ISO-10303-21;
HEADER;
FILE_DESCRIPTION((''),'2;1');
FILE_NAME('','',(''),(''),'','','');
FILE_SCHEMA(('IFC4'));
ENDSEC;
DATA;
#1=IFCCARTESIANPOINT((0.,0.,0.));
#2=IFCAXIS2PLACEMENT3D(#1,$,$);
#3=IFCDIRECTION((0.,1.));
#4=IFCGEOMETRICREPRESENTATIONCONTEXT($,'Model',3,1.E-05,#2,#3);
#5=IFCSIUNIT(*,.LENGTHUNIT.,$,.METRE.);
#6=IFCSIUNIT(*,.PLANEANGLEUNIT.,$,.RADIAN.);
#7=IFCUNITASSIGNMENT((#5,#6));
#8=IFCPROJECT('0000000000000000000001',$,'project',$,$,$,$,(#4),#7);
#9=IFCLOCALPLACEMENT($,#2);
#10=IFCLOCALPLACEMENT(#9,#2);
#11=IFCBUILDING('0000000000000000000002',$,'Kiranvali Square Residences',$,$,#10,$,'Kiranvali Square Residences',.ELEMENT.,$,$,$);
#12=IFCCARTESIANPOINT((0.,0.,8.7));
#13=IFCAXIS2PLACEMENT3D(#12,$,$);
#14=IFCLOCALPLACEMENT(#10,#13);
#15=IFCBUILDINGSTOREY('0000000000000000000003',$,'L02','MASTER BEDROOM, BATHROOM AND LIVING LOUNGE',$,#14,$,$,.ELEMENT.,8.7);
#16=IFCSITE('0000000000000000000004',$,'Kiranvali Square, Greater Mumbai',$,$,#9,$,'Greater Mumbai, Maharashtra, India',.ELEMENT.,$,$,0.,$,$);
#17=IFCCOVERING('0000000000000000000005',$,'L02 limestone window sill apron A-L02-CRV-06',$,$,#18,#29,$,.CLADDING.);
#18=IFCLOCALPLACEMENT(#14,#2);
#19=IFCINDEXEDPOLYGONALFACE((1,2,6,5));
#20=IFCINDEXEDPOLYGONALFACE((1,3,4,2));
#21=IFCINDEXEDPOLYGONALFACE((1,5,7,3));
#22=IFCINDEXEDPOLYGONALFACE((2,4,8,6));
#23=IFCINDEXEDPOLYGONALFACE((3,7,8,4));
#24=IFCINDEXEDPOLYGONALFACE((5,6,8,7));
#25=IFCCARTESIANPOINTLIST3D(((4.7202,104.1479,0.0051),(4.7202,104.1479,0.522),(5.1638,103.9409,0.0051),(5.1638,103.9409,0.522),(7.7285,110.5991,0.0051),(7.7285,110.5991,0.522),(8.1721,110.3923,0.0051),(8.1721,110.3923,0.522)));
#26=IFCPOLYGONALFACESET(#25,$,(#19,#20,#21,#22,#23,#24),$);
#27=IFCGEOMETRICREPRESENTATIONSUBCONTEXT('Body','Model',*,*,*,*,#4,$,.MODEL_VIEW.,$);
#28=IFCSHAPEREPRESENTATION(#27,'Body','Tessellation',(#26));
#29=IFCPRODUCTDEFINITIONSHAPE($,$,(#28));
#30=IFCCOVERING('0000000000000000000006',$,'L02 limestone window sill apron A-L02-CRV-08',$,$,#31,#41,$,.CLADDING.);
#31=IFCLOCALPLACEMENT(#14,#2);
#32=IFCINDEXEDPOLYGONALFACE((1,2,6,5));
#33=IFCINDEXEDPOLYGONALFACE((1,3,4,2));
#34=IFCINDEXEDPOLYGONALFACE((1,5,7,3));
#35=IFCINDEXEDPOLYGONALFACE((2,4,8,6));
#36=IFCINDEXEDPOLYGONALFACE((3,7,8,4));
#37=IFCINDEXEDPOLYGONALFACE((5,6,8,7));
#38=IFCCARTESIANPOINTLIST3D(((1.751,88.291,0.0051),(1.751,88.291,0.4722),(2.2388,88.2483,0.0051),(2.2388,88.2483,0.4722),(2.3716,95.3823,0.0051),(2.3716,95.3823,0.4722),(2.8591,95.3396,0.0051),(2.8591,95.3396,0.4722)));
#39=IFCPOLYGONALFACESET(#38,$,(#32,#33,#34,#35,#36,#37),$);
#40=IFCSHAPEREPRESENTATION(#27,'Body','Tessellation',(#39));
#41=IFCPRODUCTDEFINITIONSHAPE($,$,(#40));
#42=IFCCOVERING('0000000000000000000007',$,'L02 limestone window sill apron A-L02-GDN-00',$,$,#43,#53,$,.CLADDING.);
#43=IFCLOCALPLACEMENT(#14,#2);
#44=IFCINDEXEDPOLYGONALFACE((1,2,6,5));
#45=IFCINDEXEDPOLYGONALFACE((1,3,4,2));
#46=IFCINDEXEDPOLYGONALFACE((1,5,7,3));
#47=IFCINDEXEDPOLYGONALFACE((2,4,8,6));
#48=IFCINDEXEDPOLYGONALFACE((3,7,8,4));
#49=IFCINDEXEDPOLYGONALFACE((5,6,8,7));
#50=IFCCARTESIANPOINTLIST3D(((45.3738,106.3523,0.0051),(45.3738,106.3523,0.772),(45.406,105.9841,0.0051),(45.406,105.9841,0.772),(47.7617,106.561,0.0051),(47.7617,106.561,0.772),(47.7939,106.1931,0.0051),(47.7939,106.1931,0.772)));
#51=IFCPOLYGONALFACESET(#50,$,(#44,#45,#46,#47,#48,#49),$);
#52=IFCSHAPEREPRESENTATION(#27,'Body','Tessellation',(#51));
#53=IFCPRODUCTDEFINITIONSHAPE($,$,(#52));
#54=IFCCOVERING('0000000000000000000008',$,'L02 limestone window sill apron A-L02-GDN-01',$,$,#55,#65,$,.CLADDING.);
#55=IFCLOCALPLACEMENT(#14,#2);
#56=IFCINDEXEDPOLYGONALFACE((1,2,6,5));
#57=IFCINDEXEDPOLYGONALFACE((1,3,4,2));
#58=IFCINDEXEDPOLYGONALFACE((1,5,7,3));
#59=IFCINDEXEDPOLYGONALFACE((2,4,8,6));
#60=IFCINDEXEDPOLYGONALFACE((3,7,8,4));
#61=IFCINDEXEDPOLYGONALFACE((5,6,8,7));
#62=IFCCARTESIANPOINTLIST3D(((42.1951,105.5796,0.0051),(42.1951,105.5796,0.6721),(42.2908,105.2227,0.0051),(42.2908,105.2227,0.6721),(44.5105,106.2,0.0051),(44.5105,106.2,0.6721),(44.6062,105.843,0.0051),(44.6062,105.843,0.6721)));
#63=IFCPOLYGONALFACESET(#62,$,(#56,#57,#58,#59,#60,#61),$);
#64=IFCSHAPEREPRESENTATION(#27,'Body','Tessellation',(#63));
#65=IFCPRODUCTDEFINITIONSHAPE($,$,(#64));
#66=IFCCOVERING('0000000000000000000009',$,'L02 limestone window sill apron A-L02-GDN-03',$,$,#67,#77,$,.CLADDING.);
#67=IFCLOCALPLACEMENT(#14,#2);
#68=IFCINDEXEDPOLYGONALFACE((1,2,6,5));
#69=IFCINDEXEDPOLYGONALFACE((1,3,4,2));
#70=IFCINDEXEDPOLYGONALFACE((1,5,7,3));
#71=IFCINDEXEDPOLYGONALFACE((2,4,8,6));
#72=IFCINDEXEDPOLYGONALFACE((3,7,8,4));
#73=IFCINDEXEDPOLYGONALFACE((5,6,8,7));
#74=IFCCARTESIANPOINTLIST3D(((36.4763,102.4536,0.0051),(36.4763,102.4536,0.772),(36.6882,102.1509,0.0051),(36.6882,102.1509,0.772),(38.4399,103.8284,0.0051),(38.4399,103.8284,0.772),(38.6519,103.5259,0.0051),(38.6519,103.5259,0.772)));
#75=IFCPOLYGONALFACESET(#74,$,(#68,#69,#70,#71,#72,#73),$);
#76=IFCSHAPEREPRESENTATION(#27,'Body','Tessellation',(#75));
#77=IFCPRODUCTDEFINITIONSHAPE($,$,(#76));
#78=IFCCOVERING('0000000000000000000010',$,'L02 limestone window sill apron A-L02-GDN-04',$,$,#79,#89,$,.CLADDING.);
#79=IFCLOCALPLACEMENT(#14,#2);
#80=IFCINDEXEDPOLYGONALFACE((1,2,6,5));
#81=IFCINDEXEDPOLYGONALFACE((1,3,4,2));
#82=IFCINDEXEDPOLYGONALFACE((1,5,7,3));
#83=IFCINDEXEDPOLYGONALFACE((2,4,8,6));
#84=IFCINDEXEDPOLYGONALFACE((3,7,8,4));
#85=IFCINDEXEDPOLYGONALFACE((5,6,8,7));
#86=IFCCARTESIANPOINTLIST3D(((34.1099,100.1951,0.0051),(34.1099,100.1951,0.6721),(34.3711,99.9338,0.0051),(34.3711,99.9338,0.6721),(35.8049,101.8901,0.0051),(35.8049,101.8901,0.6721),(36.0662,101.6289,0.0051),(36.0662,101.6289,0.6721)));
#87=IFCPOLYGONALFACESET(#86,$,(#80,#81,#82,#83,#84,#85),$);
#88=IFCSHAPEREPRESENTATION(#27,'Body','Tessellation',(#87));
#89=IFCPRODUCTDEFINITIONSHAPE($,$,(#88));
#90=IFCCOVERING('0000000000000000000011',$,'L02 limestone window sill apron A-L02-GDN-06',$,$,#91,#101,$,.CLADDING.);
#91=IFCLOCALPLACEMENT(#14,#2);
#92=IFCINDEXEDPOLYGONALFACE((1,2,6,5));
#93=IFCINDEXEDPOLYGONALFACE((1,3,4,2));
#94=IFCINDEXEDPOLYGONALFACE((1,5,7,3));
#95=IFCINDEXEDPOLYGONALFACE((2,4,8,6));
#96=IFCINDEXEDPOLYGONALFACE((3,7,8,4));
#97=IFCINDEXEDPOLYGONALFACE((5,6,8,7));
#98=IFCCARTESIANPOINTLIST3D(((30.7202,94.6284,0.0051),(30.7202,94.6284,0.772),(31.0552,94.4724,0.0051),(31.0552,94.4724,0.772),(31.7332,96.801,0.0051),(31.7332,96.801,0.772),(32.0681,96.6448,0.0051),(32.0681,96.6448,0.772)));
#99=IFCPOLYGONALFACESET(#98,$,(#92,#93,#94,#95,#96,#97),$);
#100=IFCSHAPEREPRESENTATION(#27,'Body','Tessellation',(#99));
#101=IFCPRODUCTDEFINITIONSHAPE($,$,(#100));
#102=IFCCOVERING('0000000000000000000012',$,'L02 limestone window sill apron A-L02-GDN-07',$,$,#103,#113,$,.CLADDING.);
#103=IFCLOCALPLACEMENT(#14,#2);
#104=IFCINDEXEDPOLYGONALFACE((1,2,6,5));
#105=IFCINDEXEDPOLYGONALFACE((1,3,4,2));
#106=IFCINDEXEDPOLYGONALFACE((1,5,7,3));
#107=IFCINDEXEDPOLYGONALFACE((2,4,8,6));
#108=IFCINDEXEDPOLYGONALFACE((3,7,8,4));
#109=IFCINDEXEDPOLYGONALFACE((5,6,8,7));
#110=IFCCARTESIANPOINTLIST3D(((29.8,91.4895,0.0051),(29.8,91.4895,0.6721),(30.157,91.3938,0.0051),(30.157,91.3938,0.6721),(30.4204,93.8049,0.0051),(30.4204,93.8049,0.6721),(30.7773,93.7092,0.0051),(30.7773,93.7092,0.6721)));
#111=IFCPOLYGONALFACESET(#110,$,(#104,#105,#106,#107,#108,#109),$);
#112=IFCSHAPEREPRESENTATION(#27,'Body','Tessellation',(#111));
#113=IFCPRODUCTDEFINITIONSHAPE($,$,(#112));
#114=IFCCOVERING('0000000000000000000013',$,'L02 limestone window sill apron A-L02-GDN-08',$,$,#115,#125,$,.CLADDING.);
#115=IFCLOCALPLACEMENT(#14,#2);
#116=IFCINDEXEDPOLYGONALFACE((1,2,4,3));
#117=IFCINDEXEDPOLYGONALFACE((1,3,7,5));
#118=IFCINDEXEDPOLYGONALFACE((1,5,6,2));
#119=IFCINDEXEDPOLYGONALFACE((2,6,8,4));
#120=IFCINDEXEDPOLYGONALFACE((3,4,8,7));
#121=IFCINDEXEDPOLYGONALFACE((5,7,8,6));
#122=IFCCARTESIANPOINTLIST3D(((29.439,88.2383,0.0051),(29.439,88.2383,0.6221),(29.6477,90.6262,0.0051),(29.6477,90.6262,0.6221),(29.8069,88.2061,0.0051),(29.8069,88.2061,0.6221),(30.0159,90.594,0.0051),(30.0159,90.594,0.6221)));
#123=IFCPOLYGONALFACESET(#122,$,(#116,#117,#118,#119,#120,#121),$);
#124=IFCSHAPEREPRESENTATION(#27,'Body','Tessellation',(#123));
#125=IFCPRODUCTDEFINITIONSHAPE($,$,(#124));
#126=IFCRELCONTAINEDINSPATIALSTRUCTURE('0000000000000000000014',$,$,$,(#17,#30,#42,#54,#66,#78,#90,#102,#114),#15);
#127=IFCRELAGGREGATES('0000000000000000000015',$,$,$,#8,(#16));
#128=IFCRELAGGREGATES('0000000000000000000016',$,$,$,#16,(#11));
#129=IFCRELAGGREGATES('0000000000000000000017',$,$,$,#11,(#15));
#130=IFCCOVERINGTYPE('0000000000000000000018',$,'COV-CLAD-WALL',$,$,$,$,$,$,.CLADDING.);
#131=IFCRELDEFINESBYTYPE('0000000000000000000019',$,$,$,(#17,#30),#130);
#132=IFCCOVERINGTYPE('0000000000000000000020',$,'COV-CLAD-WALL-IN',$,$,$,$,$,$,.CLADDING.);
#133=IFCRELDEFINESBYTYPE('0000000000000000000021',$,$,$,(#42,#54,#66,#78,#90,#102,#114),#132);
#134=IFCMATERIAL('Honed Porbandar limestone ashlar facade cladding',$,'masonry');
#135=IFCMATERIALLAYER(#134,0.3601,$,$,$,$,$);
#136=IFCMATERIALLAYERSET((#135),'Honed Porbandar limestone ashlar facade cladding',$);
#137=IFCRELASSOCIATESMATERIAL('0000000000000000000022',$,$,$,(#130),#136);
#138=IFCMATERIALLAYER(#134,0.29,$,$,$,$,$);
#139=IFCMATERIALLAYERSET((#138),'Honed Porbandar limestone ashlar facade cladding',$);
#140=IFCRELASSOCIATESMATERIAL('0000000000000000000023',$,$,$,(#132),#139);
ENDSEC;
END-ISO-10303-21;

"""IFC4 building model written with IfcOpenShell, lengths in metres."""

from ifc_helpers import new_model, si_unit, direction, frame, origin, place, context, subcontext, project, spatial, polyline, outline, extrude, material, layer, layer_set, type_object, element, save


model = new_model("IFC4")

# Units and contexts
model_context = context("Model", 3, precision=1e-05, world=origin(), true_north=direction((0.0, 1.0)))
body_context = subcontext(model_context, "Body", "Model", "MODEL_VIEW")
ifc_project = project(units=[si_unit("LENGTHUNIT", "METRE"), si_unit("PLANEANGLEUNIT", "RADIAN")], contexts=[model_context])

# Site, building, storey
site_placement = place(None, origin())
site = spatial("IfcSite", under=ifc_project, at=site_placement, Name="Kiranvali Square, Greater Mumbai", LongName="Greater Mumbai, Maharashtra, India", CompositionType="ELEMENT", RefElevation=0.0)
building_placement = place(site_placement, origin())
building = spatial("IfcBuilding", under=site, at=building_placement, Name="Kiranvali Square Residences", LongName="Kiranvali Square Residences", CompositionType="ELEMENT")
storey_placement = place(building_placement, frame((0.0, 0.0, 8.7)))
storey = spatial("IfcBuildingStorey", under=building, at=storey_placement, Name="L02", Description="MASTER BEDROOM, BATHROOM AND LIVING LOUNGE", CompositionType="ELEMENT", Elevation=8.7)

# Coverings
ifc_material = material(Name="Honed Porbandar limestone ashlar facade cladding", Category="masonry")
ifc_layer_1 = layer(ifc_material, 0.3601)
ifc_layer_set_1 = layer_set([ifc_layer_1], Name="Honed Porbandar limestone ashlar facade cladding")
covering_type_1 = type_object("IfcCoveringType", Name="COV-CLAD-WALL", PredefinedType="CLADDING", material=ifc_layer_set_1)
covering_1_placement = place(storey_placement, frame((0.0, 0.0, 0.0051)))
element("IfcCovering", 1, at=covering_1_placement, inside=storey, type_object=covering_type_1, Name="L02 limestone window sill apron A-L02-CRV-06", PredefinedType="CLADDING", context=body_context, shape_type="SweptSolid", body=[
    extrude(outline(polyline([(7.7285, 110.5991), (4.7202, 104.1479), (5.1638, 103.9409), (8.1721, 110.3923), (7.7285, 110.5991)])), origin(), (0.0, 0.0, 1.0), 0.5168),
])
covering_2_placement = place(storey_placement, frame((0.0, 0.0, 0.0051)))
element("IfcCovering", 2, at=covering_2_placement, inside=storey, type_object=covering_type_1, Name="L02 limestone window sill apron A-L02-CRV-08", PredefinedType="CLADDING", context=body_context, shape_type="SweptSolid", body=[
    extrude(outline(polyline([(2.3716, 95.3823), (1.751, 88.291), (2.2388, 88.2483), (2.8591, 95.3396), (2.3716, 95.3823)])), origin(), (0.0, 0.0, 1.0), 0.467),
])
ifc_layer_2 = layer(ifc_material, 0.29)
ifc_layer_set_2 = layer_set([ifc_layer_2], Name="Honed Porbandar limestone ashlar facade cladding")
covering_type_2 = type_object("IfcCoveringType", Name="COV-CLAD-WALL-IN", PredefinedType="CLADDING", material=ifc_layer_set_2)
covering_3_placement = place(storey_placement, frame((0.0, 0.0, 0.0051)))
element("IfcCovering", 3, at=covering_3_placement, inside=storey, type_object=covering_type_2, Name="L02 limestone window sill apron A-L02-GDN-00", PredefinedType="CLADDING", context=body_context, shape_type="SweptSolid", body=[
    extrude(outline(polyline([(47.7617, 106.561), (45.3738, 106.3523), (45.406, 105.9841), (47.7939, 106.1931), (47.7617, 106.561)])), origin(), (0.0, 0.0, 1.0), 0.7668),
])
covering_4_placement = place(storey_placement, frame((0.0, 0.0, 0.0051)))
element("IfcCovering", 4, at=covering_4_placement, inside=storey, type_object=covering_type_2, Name="L02 limestone window sill apron A-L02-GDN-01", PredefinedType="CLADDING", context=body_context, shape_type="SweptSolid", body=[
    extrude(outline(polyline([(44.5105, 106.2), (42.1951, 105.5796), (42.2908, 105.2227), (44.6062, 105.843), (44.5105, 106.2)])), origin(), (0.0, 0.0, 1.0), 0.667),
])
covering_5_placement = place(storey_placement, frame((0.0, 0.0, 0.0051)))
element("IfcCovering", 5, at=covering_5_placement, inside=storey, type_object=covering_type_2, Name="L02 limestone window sill apron A-L02-GDN-03", PredefinedType="CLADDING", context=body_context, shape_type="SweptSolid", body=[
    extrude(outline(polyline([(38.4399, 103.8284), (36.4763, 102.4536), (36.6882, 102.1509), (38.6519, 103.5259), (38.4399, 103.8284)])), origin(), (0.0, 0.0, 1.0), 0.7668),
])
covering_6_placement = place(storey_placement, frame((0.0, 0.0, 0.0051)))
element("IfcCovering", 6, at=covering_6_placement, inside=storey, type_object=covering_type_2, Name="L02 limestone window sill apron A-L02-GDN-04", PredefinedType="CLADDING", context=body_context, shape_type="SweptSolid", body=[
    extrude(outline(polyline([(35.8049, 101.8901), (34.1099, 100.1951), (34.3711, 99.9338), (36.0662, 101.6289), (35.8049, 101.8901)])), origin(), (0.0, 0.0, 1.0), 0.667),
])
covering_7_placement = place(storey_placement, frame((0.0, 0.0, 0.0051)))
element("IfcCovering", 7, at=covering_7_placement, inside=storey, type_object=covering_type_2, Name="L02 limestone window sill apron A-L02-GDN-06", PredefinedType="CLADDING", context=body_context, shape_type="SweptSolid", body=[
    extrude(outline(polyline([(31.7332, 96.801), (30.7202, 94.6284), (31.0552, 94.4724), (32.0681, 96.6448), (31.7332, 96.801)])), origin(), (0.0, 0.0, 1.0), 0.7668),
])
covering_8_placement = place(storey_placement, frame((0.0, 0.0, 0.0051)))
element("IfcCovering", 8, at=covering_8_placement, inside=storey, type_object=covering_type_2, Name="L02 limestone window sill apron A-L02-GDN-07", PredefinedType="CLADDING", context=body_context, shape_type="SweptSolid", body=[
    extrude(outline(polyline([(30.4204, 93.8049), (29.8, 91.4895), (30.157, 91.3938), (30.7773, 93.7092), (30.4204, 93.8049)])), origin(), (0.0, 0.0, 1.0), 0.667),
])
covering_9_placement = place(storey_placement, frame((0.0, 0.0, 0.0051)))
element("IfcCovering", 9, at=covering_9_placement, inside=storey, type_object=covering_type_2, Name="L02 limestone window sill apron A-L02-GDN-08", PredefinedType="CLADDING", context=body_context, shape_type="SweptSolid", body=[
    extrude(outline(polyline([(29.6477, 90.6262), (29.439, 88.2383), (29.8069, 88.2061), (30.0159, 90.594), (29.6477, 90.6262)])), origin(), (0.0, 0.0, 1.0), 0.6169),
])

save(model, "model.ifc")
